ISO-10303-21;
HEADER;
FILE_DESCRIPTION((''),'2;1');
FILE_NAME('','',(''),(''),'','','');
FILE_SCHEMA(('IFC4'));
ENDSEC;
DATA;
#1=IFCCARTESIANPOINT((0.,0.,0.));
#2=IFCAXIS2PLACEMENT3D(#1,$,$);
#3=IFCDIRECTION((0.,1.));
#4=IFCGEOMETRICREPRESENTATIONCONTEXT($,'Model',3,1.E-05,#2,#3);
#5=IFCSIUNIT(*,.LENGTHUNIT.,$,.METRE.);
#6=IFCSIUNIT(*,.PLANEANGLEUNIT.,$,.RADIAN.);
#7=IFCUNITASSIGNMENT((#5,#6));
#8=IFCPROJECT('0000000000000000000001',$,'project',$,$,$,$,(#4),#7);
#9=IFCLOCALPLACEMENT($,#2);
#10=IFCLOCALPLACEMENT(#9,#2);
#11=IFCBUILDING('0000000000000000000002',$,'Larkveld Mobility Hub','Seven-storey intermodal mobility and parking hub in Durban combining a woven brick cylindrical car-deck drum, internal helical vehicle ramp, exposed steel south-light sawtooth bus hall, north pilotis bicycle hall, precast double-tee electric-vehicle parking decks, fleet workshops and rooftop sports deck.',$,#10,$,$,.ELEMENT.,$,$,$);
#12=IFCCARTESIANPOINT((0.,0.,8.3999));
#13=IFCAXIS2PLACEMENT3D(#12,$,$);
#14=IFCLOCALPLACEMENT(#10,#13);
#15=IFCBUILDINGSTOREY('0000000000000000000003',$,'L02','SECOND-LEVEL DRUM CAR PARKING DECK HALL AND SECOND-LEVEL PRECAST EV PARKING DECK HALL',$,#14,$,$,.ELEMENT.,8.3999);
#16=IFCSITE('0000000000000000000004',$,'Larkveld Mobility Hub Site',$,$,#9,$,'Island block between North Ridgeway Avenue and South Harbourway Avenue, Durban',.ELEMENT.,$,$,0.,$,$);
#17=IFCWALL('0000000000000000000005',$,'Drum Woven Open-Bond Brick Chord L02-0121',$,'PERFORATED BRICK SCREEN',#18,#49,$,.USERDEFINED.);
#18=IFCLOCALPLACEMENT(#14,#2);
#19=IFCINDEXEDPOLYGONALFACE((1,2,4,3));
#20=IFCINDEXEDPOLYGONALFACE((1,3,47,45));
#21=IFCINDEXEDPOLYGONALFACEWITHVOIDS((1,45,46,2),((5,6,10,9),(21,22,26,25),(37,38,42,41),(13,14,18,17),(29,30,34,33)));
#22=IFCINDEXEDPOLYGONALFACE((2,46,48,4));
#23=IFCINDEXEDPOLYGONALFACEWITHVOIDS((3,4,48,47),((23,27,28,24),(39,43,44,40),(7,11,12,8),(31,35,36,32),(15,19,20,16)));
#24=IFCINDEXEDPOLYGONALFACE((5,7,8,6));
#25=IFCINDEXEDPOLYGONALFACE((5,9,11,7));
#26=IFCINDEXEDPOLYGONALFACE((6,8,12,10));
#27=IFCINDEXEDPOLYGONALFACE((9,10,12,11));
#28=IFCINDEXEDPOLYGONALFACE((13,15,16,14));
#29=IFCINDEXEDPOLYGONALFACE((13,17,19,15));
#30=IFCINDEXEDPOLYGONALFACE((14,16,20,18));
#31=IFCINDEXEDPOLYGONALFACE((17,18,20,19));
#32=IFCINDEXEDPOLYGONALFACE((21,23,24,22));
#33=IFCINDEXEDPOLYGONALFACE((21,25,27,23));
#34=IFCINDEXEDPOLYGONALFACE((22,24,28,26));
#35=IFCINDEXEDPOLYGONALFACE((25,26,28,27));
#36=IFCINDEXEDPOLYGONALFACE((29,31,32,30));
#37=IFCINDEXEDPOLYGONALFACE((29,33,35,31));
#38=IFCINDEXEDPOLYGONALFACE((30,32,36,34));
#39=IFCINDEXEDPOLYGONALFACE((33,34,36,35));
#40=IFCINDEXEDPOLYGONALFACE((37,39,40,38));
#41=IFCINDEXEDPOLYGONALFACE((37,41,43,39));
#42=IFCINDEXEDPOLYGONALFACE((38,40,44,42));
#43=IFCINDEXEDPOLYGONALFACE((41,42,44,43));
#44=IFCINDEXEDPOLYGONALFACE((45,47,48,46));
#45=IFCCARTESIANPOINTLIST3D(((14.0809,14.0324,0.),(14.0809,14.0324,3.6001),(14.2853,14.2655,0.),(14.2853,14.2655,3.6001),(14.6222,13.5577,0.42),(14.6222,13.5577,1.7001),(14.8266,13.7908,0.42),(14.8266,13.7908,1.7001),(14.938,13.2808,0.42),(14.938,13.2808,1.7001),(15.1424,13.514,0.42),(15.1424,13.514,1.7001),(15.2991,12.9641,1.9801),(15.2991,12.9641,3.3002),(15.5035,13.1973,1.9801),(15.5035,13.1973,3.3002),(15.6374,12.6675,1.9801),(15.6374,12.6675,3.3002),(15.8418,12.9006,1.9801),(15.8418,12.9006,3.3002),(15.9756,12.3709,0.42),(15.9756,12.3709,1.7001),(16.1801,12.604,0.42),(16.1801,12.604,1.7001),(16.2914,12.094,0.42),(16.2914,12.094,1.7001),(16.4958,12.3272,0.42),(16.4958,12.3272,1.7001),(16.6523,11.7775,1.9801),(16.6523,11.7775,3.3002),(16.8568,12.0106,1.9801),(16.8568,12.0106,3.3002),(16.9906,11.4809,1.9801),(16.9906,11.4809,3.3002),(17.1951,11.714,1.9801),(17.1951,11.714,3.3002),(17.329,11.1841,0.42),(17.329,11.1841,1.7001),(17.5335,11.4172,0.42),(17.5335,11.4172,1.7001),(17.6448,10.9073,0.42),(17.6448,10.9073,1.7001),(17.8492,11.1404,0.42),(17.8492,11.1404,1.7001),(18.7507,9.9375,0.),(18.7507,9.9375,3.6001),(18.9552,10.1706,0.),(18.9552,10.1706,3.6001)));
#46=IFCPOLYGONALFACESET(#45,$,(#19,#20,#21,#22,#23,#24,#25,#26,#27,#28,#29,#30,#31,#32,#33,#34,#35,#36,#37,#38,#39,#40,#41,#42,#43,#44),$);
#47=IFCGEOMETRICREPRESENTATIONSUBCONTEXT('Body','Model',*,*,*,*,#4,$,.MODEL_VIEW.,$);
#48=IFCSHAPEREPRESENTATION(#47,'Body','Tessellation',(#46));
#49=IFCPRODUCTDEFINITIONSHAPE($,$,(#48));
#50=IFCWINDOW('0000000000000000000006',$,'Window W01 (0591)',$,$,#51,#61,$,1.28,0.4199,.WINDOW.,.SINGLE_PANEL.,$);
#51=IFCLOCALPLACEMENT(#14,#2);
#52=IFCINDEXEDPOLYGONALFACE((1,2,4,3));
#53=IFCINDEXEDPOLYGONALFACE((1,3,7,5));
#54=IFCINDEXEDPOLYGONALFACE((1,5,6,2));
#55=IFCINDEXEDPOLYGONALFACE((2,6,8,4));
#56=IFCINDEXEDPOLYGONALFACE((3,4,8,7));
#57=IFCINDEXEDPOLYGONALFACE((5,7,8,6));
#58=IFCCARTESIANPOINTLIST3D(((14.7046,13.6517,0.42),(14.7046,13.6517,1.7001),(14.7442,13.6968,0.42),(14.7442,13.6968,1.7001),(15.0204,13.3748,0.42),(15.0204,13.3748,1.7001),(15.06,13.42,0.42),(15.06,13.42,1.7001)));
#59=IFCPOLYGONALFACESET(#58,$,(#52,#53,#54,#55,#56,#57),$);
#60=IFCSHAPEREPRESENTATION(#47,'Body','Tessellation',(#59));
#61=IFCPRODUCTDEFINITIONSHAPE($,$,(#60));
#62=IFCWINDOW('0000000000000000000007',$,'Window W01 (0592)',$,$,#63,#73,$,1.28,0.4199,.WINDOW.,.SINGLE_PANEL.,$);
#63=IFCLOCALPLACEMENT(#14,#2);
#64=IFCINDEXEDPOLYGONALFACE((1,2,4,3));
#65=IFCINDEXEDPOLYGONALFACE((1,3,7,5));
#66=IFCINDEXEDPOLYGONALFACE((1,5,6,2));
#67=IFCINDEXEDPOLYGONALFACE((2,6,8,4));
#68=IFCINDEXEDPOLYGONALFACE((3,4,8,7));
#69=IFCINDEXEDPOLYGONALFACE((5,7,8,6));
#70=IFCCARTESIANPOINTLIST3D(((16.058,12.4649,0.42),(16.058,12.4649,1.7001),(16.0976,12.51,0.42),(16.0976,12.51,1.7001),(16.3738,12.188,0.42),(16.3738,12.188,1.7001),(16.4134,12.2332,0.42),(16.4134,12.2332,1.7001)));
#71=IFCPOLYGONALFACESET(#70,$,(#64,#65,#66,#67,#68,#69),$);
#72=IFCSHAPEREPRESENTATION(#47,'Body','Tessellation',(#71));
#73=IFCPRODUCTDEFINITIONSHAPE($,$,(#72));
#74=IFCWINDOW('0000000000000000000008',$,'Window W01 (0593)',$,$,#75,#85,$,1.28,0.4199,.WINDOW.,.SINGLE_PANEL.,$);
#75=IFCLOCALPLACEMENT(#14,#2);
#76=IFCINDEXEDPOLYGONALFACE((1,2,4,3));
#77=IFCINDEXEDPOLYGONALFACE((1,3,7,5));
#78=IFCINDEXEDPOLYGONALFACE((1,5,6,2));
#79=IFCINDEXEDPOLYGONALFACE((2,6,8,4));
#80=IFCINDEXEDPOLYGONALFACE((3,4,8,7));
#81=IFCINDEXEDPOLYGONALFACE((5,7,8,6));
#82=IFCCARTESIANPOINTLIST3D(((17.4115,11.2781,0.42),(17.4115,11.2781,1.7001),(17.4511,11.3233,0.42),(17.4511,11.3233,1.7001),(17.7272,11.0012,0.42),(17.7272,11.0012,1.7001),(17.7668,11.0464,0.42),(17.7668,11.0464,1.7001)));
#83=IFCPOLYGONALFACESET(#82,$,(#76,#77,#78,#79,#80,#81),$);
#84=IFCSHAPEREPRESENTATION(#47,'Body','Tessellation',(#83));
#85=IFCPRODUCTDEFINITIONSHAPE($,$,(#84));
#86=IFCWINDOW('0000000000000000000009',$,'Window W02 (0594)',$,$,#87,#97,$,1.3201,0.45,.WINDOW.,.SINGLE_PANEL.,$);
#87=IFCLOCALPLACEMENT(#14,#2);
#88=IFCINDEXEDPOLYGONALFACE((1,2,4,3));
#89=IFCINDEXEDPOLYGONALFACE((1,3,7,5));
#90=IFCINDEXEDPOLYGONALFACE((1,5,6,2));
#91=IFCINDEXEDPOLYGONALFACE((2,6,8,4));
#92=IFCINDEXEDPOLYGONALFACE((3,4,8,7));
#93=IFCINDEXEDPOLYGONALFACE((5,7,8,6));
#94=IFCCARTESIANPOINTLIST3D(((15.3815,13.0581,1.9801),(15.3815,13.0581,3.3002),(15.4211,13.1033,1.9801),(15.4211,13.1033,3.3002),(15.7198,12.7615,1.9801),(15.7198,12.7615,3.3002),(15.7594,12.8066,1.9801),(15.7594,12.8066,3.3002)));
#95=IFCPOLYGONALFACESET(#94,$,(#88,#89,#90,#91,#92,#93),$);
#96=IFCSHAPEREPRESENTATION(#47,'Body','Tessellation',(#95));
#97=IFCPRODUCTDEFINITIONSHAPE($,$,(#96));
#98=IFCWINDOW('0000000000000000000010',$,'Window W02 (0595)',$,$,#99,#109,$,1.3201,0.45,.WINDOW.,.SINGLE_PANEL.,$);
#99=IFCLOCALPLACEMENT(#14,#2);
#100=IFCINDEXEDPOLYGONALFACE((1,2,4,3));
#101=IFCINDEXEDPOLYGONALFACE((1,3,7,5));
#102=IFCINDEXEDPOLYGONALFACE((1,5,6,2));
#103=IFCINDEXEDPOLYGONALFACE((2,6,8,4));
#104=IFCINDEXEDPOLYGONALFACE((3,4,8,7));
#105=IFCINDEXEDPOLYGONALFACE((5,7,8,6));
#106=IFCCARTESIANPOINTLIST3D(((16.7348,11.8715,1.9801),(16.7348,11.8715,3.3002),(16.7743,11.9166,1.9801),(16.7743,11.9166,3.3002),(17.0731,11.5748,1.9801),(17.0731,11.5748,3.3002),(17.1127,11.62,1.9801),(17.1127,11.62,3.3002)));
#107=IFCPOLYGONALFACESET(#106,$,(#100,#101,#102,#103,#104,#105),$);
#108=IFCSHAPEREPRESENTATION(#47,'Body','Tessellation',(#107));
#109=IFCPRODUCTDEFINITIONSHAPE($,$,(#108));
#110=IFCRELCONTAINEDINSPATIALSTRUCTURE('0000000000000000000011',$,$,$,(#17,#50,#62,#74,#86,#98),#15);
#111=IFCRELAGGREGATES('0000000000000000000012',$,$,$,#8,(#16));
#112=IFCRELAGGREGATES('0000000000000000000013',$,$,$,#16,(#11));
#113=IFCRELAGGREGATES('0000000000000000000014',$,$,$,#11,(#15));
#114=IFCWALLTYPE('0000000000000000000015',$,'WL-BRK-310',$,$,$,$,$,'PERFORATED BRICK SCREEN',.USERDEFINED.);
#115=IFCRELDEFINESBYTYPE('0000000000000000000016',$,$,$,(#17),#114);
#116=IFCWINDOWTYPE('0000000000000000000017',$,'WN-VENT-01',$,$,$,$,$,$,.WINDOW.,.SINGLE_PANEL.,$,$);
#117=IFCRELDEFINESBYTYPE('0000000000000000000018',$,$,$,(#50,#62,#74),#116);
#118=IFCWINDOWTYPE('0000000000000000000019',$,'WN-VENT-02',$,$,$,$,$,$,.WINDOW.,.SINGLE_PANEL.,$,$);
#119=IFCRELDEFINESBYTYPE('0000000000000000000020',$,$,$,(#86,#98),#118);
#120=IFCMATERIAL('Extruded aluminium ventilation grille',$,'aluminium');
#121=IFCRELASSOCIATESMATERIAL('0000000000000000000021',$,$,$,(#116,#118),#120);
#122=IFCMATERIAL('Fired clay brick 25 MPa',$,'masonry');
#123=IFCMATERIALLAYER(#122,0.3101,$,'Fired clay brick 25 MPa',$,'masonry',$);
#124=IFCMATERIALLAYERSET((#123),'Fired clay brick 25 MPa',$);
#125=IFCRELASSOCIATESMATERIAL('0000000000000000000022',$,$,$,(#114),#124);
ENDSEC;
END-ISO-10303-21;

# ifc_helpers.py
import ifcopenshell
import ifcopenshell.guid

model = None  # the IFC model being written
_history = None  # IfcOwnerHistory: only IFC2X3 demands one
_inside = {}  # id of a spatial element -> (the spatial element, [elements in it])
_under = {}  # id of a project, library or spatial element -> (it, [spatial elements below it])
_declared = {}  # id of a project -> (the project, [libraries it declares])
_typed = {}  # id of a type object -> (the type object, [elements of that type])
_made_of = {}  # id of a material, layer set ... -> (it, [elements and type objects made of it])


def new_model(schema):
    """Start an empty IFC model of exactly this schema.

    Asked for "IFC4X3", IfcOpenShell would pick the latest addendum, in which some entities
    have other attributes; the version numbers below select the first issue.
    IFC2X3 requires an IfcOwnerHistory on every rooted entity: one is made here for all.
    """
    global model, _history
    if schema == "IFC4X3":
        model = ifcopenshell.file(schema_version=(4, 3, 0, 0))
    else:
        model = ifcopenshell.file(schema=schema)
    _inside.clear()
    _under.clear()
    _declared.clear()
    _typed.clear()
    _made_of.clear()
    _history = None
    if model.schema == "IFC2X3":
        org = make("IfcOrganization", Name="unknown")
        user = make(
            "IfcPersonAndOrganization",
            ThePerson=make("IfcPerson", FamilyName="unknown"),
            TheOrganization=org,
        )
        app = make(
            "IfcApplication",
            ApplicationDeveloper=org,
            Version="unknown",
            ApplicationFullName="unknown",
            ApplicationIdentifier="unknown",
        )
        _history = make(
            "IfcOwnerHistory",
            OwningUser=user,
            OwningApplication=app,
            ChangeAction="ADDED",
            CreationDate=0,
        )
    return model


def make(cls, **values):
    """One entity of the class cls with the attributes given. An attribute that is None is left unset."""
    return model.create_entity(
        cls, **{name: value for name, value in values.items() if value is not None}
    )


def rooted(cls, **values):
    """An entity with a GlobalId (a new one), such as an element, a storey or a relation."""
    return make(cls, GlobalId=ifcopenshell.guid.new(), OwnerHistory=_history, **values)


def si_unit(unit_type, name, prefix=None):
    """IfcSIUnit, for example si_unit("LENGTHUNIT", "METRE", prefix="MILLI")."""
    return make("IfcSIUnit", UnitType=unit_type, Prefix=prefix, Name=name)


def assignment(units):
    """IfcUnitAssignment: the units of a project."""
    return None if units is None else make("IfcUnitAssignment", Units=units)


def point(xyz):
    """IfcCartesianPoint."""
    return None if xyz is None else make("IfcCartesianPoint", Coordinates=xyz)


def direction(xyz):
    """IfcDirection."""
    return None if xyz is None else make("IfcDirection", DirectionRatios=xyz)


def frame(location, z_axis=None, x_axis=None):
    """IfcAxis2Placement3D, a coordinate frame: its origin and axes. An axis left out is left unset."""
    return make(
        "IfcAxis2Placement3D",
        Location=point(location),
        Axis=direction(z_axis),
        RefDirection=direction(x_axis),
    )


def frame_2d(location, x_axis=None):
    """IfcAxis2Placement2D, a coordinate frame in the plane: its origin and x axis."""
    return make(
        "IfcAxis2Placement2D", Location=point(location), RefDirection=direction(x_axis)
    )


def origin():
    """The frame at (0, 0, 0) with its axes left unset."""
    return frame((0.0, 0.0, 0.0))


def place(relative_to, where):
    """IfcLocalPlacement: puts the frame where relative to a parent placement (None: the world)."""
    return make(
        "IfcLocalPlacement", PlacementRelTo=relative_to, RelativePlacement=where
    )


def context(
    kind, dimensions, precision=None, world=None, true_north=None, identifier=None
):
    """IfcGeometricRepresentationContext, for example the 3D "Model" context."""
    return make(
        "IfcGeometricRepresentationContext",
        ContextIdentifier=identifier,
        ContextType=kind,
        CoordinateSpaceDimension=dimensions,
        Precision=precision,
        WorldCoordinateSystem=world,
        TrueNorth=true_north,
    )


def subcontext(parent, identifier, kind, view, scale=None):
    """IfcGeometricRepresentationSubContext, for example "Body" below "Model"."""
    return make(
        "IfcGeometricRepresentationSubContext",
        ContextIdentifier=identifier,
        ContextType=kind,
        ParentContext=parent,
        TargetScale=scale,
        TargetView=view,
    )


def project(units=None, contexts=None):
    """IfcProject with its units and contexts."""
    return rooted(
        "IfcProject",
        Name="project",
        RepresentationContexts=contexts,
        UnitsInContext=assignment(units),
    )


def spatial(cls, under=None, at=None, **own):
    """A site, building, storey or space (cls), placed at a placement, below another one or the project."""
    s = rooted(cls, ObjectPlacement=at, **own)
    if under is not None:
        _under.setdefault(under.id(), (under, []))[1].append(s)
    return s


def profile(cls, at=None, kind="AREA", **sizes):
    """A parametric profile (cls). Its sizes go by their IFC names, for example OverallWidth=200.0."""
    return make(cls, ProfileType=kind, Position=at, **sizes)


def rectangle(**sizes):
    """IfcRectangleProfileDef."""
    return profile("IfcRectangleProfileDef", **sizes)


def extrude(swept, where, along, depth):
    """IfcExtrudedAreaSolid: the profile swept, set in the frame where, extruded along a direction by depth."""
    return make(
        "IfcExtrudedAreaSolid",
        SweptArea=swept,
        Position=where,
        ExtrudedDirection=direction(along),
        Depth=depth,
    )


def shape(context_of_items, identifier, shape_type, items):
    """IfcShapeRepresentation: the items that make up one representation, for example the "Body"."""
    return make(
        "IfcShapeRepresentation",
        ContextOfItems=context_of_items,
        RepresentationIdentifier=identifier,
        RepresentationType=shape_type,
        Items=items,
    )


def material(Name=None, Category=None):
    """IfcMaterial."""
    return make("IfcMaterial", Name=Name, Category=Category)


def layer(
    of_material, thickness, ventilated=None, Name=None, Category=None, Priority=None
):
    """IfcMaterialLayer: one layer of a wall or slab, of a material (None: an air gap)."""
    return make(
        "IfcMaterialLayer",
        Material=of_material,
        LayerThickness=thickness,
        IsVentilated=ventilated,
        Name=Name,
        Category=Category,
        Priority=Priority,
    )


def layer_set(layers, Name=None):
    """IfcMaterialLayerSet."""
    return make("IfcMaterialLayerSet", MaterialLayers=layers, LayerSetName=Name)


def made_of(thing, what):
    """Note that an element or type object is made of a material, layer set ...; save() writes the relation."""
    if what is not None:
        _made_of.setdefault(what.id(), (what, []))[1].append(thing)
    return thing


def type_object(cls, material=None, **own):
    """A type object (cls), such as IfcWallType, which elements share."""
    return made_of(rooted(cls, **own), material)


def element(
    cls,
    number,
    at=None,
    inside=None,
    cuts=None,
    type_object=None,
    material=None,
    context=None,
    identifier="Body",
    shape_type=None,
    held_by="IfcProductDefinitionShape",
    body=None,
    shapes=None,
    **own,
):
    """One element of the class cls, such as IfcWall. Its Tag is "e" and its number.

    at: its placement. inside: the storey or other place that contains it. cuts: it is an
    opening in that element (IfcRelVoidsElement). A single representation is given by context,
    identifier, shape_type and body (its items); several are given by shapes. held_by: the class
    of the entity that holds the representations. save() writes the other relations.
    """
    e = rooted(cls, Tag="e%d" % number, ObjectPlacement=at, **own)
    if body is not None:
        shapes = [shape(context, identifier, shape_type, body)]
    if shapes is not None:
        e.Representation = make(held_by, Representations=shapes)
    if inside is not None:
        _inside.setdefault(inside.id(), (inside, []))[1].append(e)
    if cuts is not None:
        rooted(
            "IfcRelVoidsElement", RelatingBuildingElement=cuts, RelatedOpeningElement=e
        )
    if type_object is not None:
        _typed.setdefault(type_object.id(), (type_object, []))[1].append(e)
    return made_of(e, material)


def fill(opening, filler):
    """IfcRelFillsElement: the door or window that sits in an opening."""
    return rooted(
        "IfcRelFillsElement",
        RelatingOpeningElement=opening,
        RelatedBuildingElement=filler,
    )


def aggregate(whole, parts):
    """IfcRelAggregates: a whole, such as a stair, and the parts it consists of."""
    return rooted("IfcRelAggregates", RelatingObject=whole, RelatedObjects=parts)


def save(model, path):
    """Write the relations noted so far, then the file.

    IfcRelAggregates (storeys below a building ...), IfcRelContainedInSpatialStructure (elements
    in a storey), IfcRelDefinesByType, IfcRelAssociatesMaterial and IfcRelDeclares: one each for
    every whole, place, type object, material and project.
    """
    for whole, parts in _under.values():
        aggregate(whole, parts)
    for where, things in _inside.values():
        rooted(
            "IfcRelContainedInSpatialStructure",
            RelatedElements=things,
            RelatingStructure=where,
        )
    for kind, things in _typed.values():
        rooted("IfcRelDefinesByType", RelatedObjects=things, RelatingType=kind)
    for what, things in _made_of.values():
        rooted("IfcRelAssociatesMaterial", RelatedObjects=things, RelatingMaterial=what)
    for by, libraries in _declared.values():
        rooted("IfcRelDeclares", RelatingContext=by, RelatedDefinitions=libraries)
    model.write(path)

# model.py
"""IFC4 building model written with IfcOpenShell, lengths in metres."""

from ifc_helpers import new_model, si_unit, direction, frame, frame_2d, origin, place, context, subcontext, project, spatial, rectangle, extrude, material, layer, layer_set, type_object, element, fill, save


model = new_model("IFC4")

# Units and contexts
model_context = context("Model", 3, precision=1e-05, world=origin(), true_north=direction((0.0, 1.0)))
body_context = subcontext(model_context, "Body", "Model", "MODEL_VIEW")
ifc_project = project(units=[si_unit("LENGTHUNIT", "METRE"), si_unit("PLANEANGLEUNIT", "RADIAN")], contexts=[model_context])

# Site, building, storey
site_placement = place(None, origin())
site = spatial("IfcSite", under=ifc_project, at=site_placement, Name="Larkveld Mobility Hub Site", LongName="Island block between North Ridgeway Avenue and South Harbourway Avenue, Durban", CompositionType="ELEMENT", RefElevation=0.0)
building_placement = place(site_placement, origin())
building = spatial("IfcBuilding", under=site, at=building_placement, Name="Larkveld Mobility Hub", Description="Seven-storey intermodal mobility and parking hub in Durban combining a woven brick cylindrical car-deck drum, internal helical vehicle ramp, exposed steel south-light sawtooth bus hall, north pilotis bicycle hall, precast double-tee electric-vehicle parking decks, fleet workshops and rooftop sports deck.", CompositionType="ELEMENT")
storey_placement = place(building_placement, frame((0.0, 0.0, 8.3999)))
storey = spatial("IfcBuildingStorey", under=building, at=storey_placement, Name="L02", Description="SECOND-LEVEL DRUM CAR PARKING DECK HALL AND SECOND-LEVEL PRECAST EV PARKING DECK HALL", CompositionType="ELEMENT", Elevation=8.3999)

# Wall, openings, windows
ifc_material_1 = material(Name="Fired clay brick 25 MPa", Category="masonry")
ifc_material_2 = material(Name="Extruded aluminium ventilation grille", Category="aluminium")
window_type_1 = type_object("IfcWindowType", Name="WN-VENT-01", PartitioningType="SINGLE_PANEL", PredefinedType="WINDOW", material=ifc_material_2)
ifc_layer_1 = layer(ifc_material_1, 0.3101, Name="Fired clay brick 25 MPa", Category="masonry")
ifc_layer_set_1 = layer_set([ifc_layer_1], Name="Fired clay brick 25 MPa")
wall_type_1 = type_object("IfcWallType", Name="WL-BRK-310", ElementType="PERFORATED BRICK SCREEN", PredefinedType="USERDEFINED", material=ifc_layer_set_1)
wall_1_placement = place(storey_placement, frame((14.1831, 14.1489, 0.0), z_axis=(0.0, 0.0, 1.0), x_axis=(0.751875, -0.659306, 0.0)))
wall_1 = element("IfcWall", 1, at=wall_1_placement, inside=storey, type_object=wall_type_1, Name="Drum Woven Open-Bond Brick Chord L02-0121", ObjectType="PERFORATED BRICK SCREEN", PredefinedType="USERDEFINED", context=body_context, shape_type="SweptSolid", body=[
    extrude(rectangle(XDim=6.2109, YDim=0.3101, at=frame_2d((3.1055, 0.0))), origin(), (0.0, 0.0, 1.0), 3.6001),
])
opening_1_placement = place(wall_1_placement, frame((0.72, 0.0, 0.4199)))
opening_1 = element("IfcOpeningElement", 2, at=opening_1_placement, cuts=wall_1, PredefinedType="OPENING", context=body_context, shape_type="SweptSolid", body=[
    extrude(rectangle(XDim=0.4199, YDim=1.28, at=frame_2d((0.21, 0.6401))), frame((0.0, 0.165, 0.0), z_axis=(0.0, -1.0, 0.0), x_axis=(1.0, 0.0, 0.0)), (0.0, 0.0, 1.0), 0.3301),
])
opening_2_placement = place(wall_1_placement, frame((2.52, 0.0, 0.4199)))
opening_2 = element("IfcOpeningElement", 3, at=opening_2_placement, cuts=wall_1, PredefinedType="OPENING", context=body_context, shape_type="SweptSolid", body=[
    extrude(rectangle(XDim=0.4199, YDim=1.28, at=frame_2d((0.21, 0.6401))), frame((0.0, 0.165, 0.0), z_axis=(0.0, -1.0, 0.0), x_axis=(1.0, 0.0, 0.0)), (0.0, 0.0, 1.0), 0.3301),
])
opening_3_placement = place(wall_1_placement, frame((4.3201, 0.0, 0.4199)))
opening_3 = element("IfcOpeningElement", 4, at=opening_3_placement, cuts=wall_1, PredefinedType="OPENING", context=body_context, shape_type="SweptSolid", body=[
    extrude(rectangle(XDim=0.4199, YDim=1.28, at=frame_2d((0.21, 0.6401))), frame((0.0, 0.165, 0.0), z_axis=(0.0, -1.0, 0.0), x_axis=(1.0, 0.0, 0.0)), (0.0, 0.0, 1.0), 0.3301),
])
opening_4_placement = place(wall_1_placement, frame((1.6201, 0.0, 1.98)))
opening_4 = element("IfcOpeningElement", 5, at=opening_4_placement, cuts=wall_1, PredefinedType="OPENING", context=body_context, shape_type="SweptSolid", body=[
    extrude(rectangle(XDim=0.45, YDim=1.3201, at=frame_2d((0.2251, 0.6602))), frame((0.0, 0.165, 0.0), z_axis=(0.0, -1.0, 0.0), x_axis=(1.0, 0.0, 0.0)), (0.0, 0.0, 1.0), 0.3301),
])
opening_5_placement = place(wall_1_placement, frame((3.4199, 0.0, 1.98)))
opening_5 = element("IfcOpeningElement", 6, at=opening_5_placement, cuts=wall_1, PredefinedType="OPENING", context=body_context, shape_type="SweptSolid", body=[
    extrude(rectangle(XDim=0.45, YDim=1.3201, at=frame_2d((0.2251, 0.6602))), frame((0.0, 0.165, 0.0), z_axis=(0.0, -1.0, 0.0), x_axis=(1.0, 0.0, 0.0)), (0.0, 0.0, 1.0), 0.3301),
])
window_1_placement = place(opening_1_placement, origin())
window_1 = element("IfcWindow", 7, at=window_1_placement, inside=storey, type_object=window_type_1, Name="Window W01 (0591)", OverallHeight=1.28, OverallWidth=0.4199, PartitioningType="SINGLE_PANEL", PredefinedType="WINDOW", context=body_context, shape_type="SweptSolid", body=[
    extrude(rectangle(XDim=0.4199, YDim=1.28, at=frame_2d((0.21, 0.6401))), frame((0.0, 0.03, 0.0), z_axis=(0.0, -1.0, 0.0), x_axis=(1.0, 0.0, 0.0)), (0.0, 0.0, 1.0), 0.0601),
])
fill(opening_1, window_1)
window_2_placement = place(opening_2_placement, origin())
window_2 = element("IfcWindow", 8, at=window_2_placement, inside=storey, type_object=window_type_1, Name="Window W01 (0592)", OverallHeight=1.28, OverallWidth=0.4199, PartitioningType="SINGLE_PANEL", PredefinedType="WINDOW", context=body_context, shape_type="SweptSolid", body=[
    extrude(rectangle(XDim=0.4199, YDim=1.28, at=frame_2d((0.21, 0.6401))), frame((0.0, 0.03, 0.0), z_axis=(0.0, -1.0, 0.0), x_axis=(1.0, 0.0, 0.0)), (0.0, 0.0, 1.0), 0.0601),
])
fill(opening_2, window_2)
window_3_placement = place(opening_3_placement, origin())
window_3 = element("IfcWindow", 9, at=window_3_placement, inside=storey, type_object=window_type_1, Name="Window W01 (0593)", OverallHeight=1.28, OverallWidth=0.4199, PartitioningType="SINGLE_PANEL", PredefinedType="WINDOW", context=body_context, shape_type="SweptSolid", body=[
    extrude(rectangle(XDim=0.4199, YDim=1.28, at=frame_2d((0.21, 0.6401))), frame((0.0, 0.03, 0.0), z_axis=(0.0, -1.0, 0.0), x_axis=(1.0, 0.0, 0.0)), (0.0, 0.0, 1.0), 0.0601),
])
fill(opening_3, window_3)
window_type_2 = type_object("IfcWindowType", Name="WN-VENT-02", PartitioningType="SINGLE_PANEL", PredefinedType="WINDOW", material=ifc_material_2)
window_4_placement = place(opening_4_placement, origin())
window_4 = element("IfcWindow", 10, at=window_4_placement, inside=storey, type_object=window_type_2, Name="Window W02 (0594)", OverallHeight=1.3201, OverallWidth=0.45, PartitioningType="SINGLE_PANEL", PredefinedType="WINDOW", context=body_context, shape_type="SweptSolid", body=[
    extrude(rectangle(XDim=0.45, YDim=1.3201, at=frame_2d((0.2251, 0.6602))), frame((0.0, 0.03, 0.0), z_axis=(0.0, -1.0, 0.0), x_axis=(1.0, 0.0, 0.0)), (0.0, 0.0, 1.0), 0.0601),
])
fill(opening_4, window_4)
window_5_placement = place(opening_5_placement, origin())
window_5 = element("IfcWindow", 11, at=window_5_placement, inside=storey, type_object=window_type_2, Name="Window W02 (0595)", OverallHeight=1.3201, OverallWidth=0.45, PartitioningType="SINGLE_PANEL", PredefinedType="WINDOW", context=body_context, shape_type="SweptSolid", body=[
    extrude(rectangle(XDim=0.45, YDim=1.3201, at=frame_2d((0.2251, 0.6602))), frame((0.0, 0.03, 0.0), z_axis=(0.0, -1.0, 0.0), x_axis=(1.0, 0.0, 0.0)), (0.0, 0.0, 1.0), 0.0601),
])
fill(opening_5, window_5)

save(model, "model.ifc")
